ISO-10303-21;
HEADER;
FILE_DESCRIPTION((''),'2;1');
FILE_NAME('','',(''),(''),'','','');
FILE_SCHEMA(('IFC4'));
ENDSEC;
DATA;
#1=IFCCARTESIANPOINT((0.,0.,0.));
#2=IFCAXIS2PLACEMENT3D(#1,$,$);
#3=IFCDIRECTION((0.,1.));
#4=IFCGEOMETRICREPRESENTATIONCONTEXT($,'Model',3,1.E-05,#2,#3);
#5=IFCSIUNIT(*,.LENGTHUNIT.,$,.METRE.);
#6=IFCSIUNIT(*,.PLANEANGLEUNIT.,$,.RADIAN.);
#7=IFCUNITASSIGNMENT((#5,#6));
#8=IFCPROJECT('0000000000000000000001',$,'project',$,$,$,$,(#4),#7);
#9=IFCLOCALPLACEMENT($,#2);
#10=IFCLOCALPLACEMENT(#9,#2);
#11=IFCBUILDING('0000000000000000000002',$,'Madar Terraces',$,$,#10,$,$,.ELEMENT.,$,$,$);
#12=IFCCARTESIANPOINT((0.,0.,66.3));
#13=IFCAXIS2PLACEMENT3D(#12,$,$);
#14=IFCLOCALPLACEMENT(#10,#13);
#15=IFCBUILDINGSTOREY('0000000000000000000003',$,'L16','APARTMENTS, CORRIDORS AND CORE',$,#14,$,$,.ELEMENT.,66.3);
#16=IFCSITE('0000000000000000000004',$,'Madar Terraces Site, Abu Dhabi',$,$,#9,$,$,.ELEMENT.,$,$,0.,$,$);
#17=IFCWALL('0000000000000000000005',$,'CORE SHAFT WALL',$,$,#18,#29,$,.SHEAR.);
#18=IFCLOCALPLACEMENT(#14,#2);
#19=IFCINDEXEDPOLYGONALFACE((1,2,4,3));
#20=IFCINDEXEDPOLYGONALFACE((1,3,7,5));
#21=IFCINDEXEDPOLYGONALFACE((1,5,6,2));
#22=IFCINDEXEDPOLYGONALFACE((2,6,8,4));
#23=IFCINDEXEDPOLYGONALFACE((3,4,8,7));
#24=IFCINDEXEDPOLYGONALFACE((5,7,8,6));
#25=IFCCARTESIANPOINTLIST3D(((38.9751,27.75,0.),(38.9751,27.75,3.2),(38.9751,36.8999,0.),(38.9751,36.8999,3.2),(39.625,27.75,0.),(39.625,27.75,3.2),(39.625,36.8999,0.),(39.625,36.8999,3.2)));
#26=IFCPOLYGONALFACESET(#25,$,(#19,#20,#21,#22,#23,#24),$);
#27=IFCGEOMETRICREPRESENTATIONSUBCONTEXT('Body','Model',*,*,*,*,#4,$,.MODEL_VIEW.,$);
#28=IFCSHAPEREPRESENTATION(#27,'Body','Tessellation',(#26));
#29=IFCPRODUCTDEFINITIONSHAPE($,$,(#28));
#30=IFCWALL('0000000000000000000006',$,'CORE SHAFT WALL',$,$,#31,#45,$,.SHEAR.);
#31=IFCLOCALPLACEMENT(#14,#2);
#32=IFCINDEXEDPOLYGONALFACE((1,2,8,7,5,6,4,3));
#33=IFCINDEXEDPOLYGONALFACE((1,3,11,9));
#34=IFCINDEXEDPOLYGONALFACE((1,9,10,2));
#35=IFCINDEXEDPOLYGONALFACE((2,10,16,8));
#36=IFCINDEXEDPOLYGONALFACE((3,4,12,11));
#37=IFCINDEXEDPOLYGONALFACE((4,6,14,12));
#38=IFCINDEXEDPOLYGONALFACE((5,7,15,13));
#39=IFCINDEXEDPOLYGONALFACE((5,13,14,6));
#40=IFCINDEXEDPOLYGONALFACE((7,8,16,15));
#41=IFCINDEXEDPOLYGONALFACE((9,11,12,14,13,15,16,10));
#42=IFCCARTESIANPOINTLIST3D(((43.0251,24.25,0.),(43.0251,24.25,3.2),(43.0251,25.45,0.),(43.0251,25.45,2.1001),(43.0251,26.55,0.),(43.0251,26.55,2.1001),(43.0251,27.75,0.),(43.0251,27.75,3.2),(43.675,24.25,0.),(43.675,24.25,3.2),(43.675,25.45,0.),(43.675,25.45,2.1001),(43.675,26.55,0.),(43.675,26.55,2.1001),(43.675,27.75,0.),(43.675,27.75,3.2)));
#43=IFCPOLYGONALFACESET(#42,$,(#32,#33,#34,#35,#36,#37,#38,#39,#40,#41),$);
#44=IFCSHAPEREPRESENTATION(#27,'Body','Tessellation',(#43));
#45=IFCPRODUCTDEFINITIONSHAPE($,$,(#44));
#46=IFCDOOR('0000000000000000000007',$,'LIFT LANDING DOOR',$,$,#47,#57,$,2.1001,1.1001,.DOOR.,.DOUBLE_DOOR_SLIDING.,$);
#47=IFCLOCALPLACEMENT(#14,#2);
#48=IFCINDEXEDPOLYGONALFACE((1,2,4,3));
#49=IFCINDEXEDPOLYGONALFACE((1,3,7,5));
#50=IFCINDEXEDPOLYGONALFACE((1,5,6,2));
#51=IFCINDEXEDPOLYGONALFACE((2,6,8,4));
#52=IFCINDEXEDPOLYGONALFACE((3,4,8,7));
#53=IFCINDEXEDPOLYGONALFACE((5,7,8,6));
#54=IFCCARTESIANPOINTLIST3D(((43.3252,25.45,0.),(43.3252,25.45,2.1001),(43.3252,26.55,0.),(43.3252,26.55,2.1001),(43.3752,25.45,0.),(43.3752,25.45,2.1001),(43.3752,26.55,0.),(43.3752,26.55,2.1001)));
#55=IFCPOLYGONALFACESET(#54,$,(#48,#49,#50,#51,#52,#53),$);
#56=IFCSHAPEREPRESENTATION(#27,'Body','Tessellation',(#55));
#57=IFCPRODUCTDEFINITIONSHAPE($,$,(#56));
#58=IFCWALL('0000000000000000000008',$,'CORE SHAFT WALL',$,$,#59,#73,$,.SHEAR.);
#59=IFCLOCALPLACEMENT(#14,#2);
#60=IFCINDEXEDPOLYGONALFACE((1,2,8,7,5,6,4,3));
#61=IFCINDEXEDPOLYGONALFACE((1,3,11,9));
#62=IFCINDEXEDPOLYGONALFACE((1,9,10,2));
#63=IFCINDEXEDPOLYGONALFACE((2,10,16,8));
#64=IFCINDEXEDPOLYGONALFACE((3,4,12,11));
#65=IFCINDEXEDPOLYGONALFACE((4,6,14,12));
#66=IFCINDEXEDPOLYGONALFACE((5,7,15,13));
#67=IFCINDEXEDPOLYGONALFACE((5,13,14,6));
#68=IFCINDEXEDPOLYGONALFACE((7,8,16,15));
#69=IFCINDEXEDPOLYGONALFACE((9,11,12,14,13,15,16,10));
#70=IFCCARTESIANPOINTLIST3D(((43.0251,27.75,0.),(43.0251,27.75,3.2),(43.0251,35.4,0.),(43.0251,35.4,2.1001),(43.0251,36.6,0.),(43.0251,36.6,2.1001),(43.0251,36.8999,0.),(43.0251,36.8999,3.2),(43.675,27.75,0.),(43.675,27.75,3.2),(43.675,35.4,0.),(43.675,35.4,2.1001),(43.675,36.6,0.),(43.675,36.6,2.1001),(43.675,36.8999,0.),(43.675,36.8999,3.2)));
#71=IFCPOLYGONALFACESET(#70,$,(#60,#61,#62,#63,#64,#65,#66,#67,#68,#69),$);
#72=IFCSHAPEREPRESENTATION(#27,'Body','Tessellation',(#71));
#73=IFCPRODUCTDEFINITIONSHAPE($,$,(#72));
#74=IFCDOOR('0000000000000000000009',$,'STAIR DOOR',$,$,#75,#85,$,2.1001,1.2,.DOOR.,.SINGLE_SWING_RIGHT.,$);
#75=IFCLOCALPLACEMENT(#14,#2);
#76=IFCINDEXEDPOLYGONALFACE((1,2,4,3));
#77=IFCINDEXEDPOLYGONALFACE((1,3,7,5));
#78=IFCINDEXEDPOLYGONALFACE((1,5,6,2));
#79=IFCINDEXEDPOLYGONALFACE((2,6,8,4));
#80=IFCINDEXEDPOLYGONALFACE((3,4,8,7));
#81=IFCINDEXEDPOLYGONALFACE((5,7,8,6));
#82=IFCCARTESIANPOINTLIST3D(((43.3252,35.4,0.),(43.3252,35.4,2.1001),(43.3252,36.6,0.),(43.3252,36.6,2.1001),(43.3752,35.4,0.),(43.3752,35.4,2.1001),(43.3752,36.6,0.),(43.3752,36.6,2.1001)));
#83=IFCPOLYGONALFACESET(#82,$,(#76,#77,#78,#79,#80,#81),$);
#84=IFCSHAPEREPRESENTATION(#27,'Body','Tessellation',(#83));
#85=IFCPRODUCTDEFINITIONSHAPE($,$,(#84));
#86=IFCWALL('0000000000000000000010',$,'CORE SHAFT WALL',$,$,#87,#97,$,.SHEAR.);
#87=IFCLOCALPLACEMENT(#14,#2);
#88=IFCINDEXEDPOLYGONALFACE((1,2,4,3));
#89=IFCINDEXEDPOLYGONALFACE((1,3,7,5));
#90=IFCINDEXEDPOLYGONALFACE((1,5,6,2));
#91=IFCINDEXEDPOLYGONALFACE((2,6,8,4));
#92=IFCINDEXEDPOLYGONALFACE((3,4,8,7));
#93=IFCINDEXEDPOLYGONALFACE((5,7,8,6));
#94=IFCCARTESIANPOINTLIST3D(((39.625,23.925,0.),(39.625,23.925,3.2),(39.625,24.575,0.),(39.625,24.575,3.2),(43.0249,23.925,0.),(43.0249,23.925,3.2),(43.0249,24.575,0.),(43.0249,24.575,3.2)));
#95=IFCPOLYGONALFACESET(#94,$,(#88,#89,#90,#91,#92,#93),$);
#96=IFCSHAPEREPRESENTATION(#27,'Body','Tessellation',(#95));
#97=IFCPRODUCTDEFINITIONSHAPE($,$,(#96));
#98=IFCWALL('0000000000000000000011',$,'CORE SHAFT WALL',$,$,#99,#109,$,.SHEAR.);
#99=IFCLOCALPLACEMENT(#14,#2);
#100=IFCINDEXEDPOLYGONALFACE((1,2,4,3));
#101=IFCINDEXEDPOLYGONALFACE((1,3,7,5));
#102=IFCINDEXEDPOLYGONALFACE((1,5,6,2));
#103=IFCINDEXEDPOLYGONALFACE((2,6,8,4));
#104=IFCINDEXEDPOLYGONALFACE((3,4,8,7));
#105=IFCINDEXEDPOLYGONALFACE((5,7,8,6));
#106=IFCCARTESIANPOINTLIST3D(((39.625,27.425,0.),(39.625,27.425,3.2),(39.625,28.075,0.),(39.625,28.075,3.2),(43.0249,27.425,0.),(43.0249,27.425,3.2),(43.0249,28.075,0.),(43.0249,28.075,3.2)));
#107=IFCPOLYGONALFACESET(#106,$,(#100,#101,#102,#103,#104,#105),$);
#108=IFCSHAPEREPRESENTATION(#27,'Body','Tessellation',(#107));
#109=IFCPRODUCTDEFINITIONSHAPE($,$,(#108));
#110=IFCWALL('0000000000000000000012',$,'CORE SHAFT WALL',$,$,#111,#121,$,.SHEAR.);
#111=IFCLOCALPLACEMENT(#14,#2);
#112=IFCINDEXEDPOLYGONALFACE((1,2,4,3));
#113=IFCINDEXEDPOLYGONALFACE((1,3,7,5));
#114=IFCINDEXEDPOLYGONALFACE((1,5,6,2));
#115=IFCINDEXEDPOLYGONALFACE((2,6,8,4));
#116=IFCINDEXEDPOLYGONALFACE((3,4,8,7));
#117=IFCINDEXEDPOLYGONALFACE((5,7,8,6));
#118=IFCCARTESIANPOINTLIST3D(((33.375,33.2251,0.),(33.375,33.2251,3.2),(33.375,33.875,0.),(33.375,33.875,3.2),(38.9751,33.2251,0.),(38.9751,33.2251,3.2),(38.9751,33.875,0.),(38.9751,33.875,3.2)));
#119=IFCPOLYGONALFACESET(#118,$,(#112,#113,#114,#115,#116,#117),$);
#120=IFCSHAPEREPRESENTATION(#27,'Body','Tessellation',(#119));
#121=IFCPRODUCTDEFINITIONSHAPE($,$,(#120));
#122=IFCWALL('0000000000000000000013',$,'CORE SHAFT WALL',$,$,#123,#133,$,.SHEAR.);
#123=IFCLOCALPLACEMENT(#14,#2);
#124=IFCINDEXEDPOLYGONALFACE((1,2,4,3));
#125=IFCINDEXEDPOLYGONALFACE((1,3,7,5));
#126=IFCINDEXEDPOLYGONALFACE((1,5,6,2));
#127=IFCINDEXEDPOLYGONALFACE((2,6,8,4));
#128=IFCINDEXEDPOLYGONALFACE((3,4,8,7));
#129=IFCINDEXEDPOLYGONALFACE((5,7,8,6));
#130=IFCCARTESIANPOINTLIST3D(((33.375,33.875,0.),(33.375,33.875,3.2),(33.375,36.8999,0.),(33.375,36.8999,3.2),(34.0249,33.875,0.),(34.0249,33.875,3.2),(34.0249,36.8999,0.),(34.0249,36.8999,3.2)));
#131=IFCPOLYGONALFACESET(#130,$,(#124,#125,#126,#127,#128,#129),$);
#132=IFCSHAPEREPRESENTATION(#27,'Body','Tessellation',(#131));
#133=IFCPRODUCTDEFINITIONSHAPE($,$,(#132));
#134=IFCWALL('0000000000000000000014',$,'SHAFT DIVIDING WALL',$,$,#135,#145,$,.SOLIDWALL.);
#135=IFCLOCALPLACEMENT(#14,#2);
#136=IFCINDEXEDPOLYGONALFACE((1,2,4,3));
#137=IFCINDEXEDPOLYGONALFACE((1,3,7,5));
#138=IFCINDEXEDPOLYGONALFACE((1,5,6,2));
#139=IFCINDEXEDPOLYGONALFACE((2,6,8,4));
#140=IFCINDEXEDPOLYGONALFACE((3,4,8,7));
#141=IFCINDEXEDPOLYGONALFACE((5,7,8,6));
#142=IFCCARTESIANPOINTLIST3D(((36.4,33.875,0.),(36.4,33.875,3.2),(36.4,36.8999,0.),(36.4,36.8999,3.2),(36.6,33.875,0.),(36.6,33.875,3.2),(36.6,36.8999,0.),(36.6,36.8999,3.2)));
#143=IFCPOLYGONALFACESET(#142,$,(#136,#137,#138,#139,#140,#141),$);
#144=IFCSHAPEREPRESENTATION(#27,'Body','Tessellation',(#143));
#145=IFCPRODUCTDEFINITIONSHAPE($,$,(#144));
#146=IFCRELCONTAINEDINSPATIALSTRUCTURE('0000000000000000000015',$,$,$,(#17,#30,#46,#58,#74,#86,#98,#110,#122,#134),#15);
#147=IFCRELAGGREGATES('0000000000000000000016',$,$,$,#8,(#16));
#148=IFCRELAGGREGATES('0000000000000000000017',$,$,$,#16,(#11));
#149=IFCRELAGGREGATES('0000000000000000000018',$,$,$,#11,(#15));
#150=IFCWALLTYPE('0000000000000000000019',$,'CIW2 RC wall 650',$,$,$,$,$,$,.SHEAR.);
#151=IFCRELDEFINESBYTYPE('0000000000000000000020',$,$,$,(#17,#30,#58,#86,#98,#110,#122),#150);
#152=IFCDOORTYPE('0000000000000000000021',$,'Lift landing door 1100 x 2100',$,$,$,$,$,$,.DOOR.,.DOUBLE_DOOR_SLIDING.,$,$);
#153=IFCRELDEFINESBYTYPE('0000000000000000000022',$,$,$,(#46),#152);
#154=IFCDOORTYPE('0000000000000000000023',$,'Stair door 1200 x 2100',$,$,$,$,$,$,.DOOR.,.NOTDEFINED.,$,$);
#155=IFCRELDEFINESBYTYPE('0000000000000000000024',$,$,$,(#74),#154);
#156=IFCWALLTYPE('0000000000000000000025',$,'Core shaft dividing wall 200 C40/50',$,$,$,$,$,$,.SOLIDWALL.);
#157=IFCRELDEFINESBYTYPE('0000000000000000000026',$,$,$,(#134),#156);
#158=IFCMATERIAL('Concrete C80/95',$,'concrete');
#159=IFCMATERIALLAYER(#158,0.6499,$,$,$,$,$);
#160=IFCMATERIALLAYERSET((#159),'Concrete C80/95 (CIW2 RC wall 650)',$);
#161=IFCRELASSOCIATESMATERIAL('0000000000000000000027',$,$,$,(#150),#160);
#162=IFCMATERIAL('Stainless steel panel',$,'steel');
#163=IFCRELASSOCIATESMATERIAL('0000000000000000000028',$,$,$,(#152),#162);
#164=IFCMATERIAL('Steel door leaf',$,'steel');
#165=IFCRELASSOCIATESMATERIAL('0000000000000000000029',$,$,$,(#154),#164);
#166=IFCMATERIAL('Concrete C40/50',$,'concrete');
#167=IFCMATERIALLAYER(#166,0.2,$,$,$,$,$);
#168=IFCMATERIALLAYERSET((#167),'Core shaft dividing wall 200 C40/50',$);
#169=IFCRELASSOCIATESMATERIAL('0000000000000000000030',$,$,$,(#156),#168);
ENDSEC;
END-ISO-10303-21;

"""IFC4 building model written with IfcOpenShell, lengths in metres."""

from ifc_helpers import new_model, si_unit, direction, frame, frame_2d, origin, place, context, subcontext, project, spatial, rectangle, extrude, material, layer, layer_set, type_object, element, fill, save


model = new_model("IFC4")

# Units and contexts
model_context = context("Model", 3, precision=1e-05, world=origin(), true_north=direction((0.0, 1.0)))
body_context = subcontext(model_context, "Body", "Model", "MODEL_VIEW")
ifc_project = project(units=[si_unit("LENGTHUNIT", "METRE"), si_unit("PLANEANGLEUNIT", "RADIAN")], contexts=[model_context])

# Site, building, storey
site_placement = place(None, origin())
site = spatial("IfcSite", under=ifc_project, at=site_placement, Name="Madar Terraces Site, Abu Dhabi", CompositionType="ELEMENT", RefElevation=0.0)
building_placement = place(site_placement, origin())
building = spatial("IfcBuilding", under=site, at=building_placement, Name="Madar Terraces", CompositionType="ELEMENT")
storey_placement = place(building_placement, frame((0.0, 0.0, 66.3)))
storey = spatial("IfcBuildingStorey", under=building, at=storey_placement, Name="L16", Description="APARTMENTS, CORRIDORS AND CORE", CompositionType="ELEMENT", Elevation=66.3)

# Wall
ifc_material_1 = material(Name="Concrete C80/95", Category="concrete")
ifc_layer_1 = layer(ifc_material_1, 0.6499)
ifc_layer_set_1 = layer_set([ifc_layer_1], Name="Concrete C80/95 (CIW2 RC wall 650)")
wall_type_1 = type_object("IfcWallType", Name="CIW2 RC wall 650", PredefinedType="SHEAR", material=ifc_layer_set_1)
wall_1_placement = place(storey_placement, frame((39.3, 27.75, 0.0), z_axis=(0.0, 0.0, 1.0), x_axis=(0.0, 1.0, 0.0)))
element("IfcWall", 1, at=wall_1_placement, inside=storey, type_object=wall_type_1, Name="CORE SHAFT WALL", PredefinedType="SHEAR", context=body_context, shape_type="SweptSolid", body=[
    extrude(rectangle(XDim=9.1499, YDim=0.6499, at=frame_2d((4.575, 0.0))), origin(), (0.0, 0.0, 1.0), 3.2),
])

# Walls, openings, doors
wall_2_placement = place(storey_placement, frame((43.3501, 24.25, 0.0), z_axis=(0.0, 0.0, 1.0), x_axis=(0.0, 1.0, 0.0)))
wall_2 = element("IfcWall", 2, at=wall_2_placement, inside=storey, type_object=wall_type_1, Name="CORE SHAFT WALL", PredefinedType="SHEAR", context=body_context, shape_type="SweptSolid", body=[
    extrude(rectangle(XDim=3.5, YDim=0.6499, at=frame_2d((1.75, 0.0))), origin(), (0.0, 0.0, 1.0), 3.2),
])
opening_1_placement = place(wall_2_placement, frame((1.2, 0.0, 0.0)))
opening_1 = element("IfcOpeningElement", 3, at=opening_1_placement, cuts=wall_2, PredefinedType="OPENING", context=body_context, shape_type="SweptSolid", body=[
    extrude(rectangle(XDim=1.1001, YDim=2.1001, at=frame_2d((0.55, 1.05))), frame((0.0, 0.335, 0.0), z_axis=(0.0, -1.0, 0.0), x_axis=(1.0, 0.0, 0.0)), (0.0, 0.0, 1.0), 0.6699),
])
ifc_material_2 = material(Name="Stainless steel panel", Category="steel")
door_type_1 = type_object("IfcDoorType", Name="Lift landing door 1100 x 2100", OperationType="DOUBLE_DOOR_SLIDING", PredefinedType="DOOR", material=ifc_material_2)
door_1_placement = place(opening_1_placement, origin())
door_1 = element("IfcDoor", 4, at=door_1_placement, inside=storey, type_object=door_type_1, Name="LIFT LANDING DOOR", OperationType="DOUBLE_DOOR_SLIDING", OverallHeight=2.1001, OverallWidth=1.1001, PredefinedType="DOOR", context=body_context, shape_type="SweptSolid", body=[
    extrude(rectangle(XDim=1.1001, YDim=2.1001, at=frame_2d((0.55, 1.05))), frame((0.0, 0.0249, 0.0), z_axis=(0.0, -1.0, 0.0), x_axis=(1.0, 0.0, 0.0)), (0.0, 0.0, 1.0), 0.05),
])
fill(opening_1, door_1)
wall_3_placement = place(storey_placement, frame((43.3501, 27.75, 0.0), z_axis=(0.0, 0.0, 1.0), x_axis=(0.0, 1.0, 0.0)))
wall_3 = element("IfcWall", 5, at=wall_3_placement, inside=storey, type_object=wall_type_1, Name="CORE SHAFT WALL", PredefinedType="SHEAR", context=body_context, shape_type="SweptSolid", body=[
    extrude(rectangle(XDim=9.1499, YDim=0.6499, at=frame_2d((4.575, 0.0))), origin(), (0.0, 0.0, 1.0), 3.2),
])
opening_2_placement = place(wall_3_placement, frame((7.6499, 0.0, 0.0)))
opening_2 = element("IfcOpeningElement", 6, at=opening_2_placement, cuts=wall_3, PredefinedType="OPENING", context=body_context, shape_type="SweptSolid", body=[
    extrude(rectangle(XDim=1.2, YDim=2.1001, at=frame_2d((0.6001, 1.05))), frame((0.0, 0.335, 0.0), z_axis=(0.0, -1.0, 0.0), x_axis=(1.0, 0.0, 0.0)), (0.0, 0.0, 1.0), 0.6699),
])
ifc_material_3 = material(Name="Steel door leaf", Category="steel")
door_type_2 = type_object("IfcDoorType", Name="Stair door 1200 x 2100", OperationType="NOTDEFINED", PredefinedType="DOOR", material=ifc_material_3)
door_2_placement = place(opening_2_placement, origin())
door_2 = element("IfcDoor", 7, at=door_2_placement, inside=storey, type_object=door_type_2, Name="STAIR DOOR", OperationType="SINGLE_SWING_RIGHT", OverallHeight=2.1001, OverallWidth=1.2, PredefinedType="DOOR", context=body_context, shape_type="SweptSolid", body=[
    extrude(rectangle(XDim=1.2, YDim=2.1001, at=frame_2d((0.6001, 1.05))), frame((0.0, 0.0249, 0.0), z_axis=(0.0, -1.0, 0.0), x_axis=(1.0, 0.0, 0.0)), (0.0, 0.0, 1.0), 0.05),
])
fill(opening_2, door_2)

# Walls
for number, where, z_axis, x_axis, name in (
    (8, (39.625, 24.25, 0.0), (0.0, 0.0, 1.0), (1.0, 0.0, 0.0), "CORE SHAFT WALL"),
    (9, (39.625, 27.75, 0.0), (0.0, 0.0, 1.0), (1.0, 0.0, 0.0), "CORE SHAFT WALL"),
):
    element("IfcWall", number, at=place(storey_placement, frame(where, z_axis=z_axis, x_axis=x_axis)), inside=storey, type_object=wall_type_1, Name=name, PredefinedType="SHEAR", context=body_context, shape_type="SweptSolid", body=[
        extrude(rectangle(XDim=3.3999, YDim=0.6499, at=frame_2d((1.7, 0.0))), origin(), (0.0, 0.0, 1.0), 3.2),
    ])
wall_4_placement = place(storey_placement, frame((33.375, 33.55, 0.0), z_axis=(0.0, 0.0, 1.0), x_axis=(1.0, 0.0, 0.0)))
element("IfcWall", 10, at=wall_4_placement, inside=storey, type_object=wall_type_1, Name="CORE SHAFT WALL", PredefinedType="SHEAR", context=body_context, shape_type="SweptSolid", body=[
    extrude(rectangle(XDim=5.6001, YDim=0.6499, at=frame_2d((2.8, 0.0))), origin(), (0.0, 0.0, 1.0), 3.2),
])
wall_5_placement = place(storey_placement, frame((33.7, 33.875, 0.0), z_axis=(0.0, 0.0, 1.0), x_axis=(0.0, 1.0, 0.0)))
element("IfcWall", 11, at=wall_5_placement, inside=storey, type_object=wall_type_1, Name="CORE SHAFT WALL", PredefinedType="SHEAR", context=body_context, shape_type="SweptSolid", body=[
    extrude(rectangle(XDim=3.0249, YDim=0.6499, at=frame_2d((1.5125, 0.0))), origin(), (0.0, 0.0, 1.0), 3.2),
])
ifc_material_4 = material(Name="Concrete C40/50", Category="concrete")
ifc_layer_2 = layer(ifc_material_4, 0.2)
ifc_layer_set_2 = layer_set([ifc_layer_2], Name="Core shaft dividing wall 200 C40/50")
wall_type_2 = type_object("IfcWallType", Name="Core shaft dividing wall 200 C40/50", PredefinedType="SOLIDWALL", material=ifc_layer_set_2)
wall_6_placement = place(storey_placement, frame((36.5, 33.875, 0.0), z_axis=(0.0, 0.0, 1.0), x_axis=(0.0, 1.0, 0.0)))
element("IfcWall", 12, at=wall_6_placement, inside=storey, type_object=wall_type_2, Name="SHAFT DIVIDING WALL", PredefinedType="SOLIDWALL", context=body_context, shape_type="SweptSolid", body=[
    extrude(rectangle(XDim=3.0249, YDim=0.2, at=frame_2d((1.5125, 0.0))), origin(), (0.0, 0.0, 1.0), 3.2),
])

save(model, "model.ifc")
